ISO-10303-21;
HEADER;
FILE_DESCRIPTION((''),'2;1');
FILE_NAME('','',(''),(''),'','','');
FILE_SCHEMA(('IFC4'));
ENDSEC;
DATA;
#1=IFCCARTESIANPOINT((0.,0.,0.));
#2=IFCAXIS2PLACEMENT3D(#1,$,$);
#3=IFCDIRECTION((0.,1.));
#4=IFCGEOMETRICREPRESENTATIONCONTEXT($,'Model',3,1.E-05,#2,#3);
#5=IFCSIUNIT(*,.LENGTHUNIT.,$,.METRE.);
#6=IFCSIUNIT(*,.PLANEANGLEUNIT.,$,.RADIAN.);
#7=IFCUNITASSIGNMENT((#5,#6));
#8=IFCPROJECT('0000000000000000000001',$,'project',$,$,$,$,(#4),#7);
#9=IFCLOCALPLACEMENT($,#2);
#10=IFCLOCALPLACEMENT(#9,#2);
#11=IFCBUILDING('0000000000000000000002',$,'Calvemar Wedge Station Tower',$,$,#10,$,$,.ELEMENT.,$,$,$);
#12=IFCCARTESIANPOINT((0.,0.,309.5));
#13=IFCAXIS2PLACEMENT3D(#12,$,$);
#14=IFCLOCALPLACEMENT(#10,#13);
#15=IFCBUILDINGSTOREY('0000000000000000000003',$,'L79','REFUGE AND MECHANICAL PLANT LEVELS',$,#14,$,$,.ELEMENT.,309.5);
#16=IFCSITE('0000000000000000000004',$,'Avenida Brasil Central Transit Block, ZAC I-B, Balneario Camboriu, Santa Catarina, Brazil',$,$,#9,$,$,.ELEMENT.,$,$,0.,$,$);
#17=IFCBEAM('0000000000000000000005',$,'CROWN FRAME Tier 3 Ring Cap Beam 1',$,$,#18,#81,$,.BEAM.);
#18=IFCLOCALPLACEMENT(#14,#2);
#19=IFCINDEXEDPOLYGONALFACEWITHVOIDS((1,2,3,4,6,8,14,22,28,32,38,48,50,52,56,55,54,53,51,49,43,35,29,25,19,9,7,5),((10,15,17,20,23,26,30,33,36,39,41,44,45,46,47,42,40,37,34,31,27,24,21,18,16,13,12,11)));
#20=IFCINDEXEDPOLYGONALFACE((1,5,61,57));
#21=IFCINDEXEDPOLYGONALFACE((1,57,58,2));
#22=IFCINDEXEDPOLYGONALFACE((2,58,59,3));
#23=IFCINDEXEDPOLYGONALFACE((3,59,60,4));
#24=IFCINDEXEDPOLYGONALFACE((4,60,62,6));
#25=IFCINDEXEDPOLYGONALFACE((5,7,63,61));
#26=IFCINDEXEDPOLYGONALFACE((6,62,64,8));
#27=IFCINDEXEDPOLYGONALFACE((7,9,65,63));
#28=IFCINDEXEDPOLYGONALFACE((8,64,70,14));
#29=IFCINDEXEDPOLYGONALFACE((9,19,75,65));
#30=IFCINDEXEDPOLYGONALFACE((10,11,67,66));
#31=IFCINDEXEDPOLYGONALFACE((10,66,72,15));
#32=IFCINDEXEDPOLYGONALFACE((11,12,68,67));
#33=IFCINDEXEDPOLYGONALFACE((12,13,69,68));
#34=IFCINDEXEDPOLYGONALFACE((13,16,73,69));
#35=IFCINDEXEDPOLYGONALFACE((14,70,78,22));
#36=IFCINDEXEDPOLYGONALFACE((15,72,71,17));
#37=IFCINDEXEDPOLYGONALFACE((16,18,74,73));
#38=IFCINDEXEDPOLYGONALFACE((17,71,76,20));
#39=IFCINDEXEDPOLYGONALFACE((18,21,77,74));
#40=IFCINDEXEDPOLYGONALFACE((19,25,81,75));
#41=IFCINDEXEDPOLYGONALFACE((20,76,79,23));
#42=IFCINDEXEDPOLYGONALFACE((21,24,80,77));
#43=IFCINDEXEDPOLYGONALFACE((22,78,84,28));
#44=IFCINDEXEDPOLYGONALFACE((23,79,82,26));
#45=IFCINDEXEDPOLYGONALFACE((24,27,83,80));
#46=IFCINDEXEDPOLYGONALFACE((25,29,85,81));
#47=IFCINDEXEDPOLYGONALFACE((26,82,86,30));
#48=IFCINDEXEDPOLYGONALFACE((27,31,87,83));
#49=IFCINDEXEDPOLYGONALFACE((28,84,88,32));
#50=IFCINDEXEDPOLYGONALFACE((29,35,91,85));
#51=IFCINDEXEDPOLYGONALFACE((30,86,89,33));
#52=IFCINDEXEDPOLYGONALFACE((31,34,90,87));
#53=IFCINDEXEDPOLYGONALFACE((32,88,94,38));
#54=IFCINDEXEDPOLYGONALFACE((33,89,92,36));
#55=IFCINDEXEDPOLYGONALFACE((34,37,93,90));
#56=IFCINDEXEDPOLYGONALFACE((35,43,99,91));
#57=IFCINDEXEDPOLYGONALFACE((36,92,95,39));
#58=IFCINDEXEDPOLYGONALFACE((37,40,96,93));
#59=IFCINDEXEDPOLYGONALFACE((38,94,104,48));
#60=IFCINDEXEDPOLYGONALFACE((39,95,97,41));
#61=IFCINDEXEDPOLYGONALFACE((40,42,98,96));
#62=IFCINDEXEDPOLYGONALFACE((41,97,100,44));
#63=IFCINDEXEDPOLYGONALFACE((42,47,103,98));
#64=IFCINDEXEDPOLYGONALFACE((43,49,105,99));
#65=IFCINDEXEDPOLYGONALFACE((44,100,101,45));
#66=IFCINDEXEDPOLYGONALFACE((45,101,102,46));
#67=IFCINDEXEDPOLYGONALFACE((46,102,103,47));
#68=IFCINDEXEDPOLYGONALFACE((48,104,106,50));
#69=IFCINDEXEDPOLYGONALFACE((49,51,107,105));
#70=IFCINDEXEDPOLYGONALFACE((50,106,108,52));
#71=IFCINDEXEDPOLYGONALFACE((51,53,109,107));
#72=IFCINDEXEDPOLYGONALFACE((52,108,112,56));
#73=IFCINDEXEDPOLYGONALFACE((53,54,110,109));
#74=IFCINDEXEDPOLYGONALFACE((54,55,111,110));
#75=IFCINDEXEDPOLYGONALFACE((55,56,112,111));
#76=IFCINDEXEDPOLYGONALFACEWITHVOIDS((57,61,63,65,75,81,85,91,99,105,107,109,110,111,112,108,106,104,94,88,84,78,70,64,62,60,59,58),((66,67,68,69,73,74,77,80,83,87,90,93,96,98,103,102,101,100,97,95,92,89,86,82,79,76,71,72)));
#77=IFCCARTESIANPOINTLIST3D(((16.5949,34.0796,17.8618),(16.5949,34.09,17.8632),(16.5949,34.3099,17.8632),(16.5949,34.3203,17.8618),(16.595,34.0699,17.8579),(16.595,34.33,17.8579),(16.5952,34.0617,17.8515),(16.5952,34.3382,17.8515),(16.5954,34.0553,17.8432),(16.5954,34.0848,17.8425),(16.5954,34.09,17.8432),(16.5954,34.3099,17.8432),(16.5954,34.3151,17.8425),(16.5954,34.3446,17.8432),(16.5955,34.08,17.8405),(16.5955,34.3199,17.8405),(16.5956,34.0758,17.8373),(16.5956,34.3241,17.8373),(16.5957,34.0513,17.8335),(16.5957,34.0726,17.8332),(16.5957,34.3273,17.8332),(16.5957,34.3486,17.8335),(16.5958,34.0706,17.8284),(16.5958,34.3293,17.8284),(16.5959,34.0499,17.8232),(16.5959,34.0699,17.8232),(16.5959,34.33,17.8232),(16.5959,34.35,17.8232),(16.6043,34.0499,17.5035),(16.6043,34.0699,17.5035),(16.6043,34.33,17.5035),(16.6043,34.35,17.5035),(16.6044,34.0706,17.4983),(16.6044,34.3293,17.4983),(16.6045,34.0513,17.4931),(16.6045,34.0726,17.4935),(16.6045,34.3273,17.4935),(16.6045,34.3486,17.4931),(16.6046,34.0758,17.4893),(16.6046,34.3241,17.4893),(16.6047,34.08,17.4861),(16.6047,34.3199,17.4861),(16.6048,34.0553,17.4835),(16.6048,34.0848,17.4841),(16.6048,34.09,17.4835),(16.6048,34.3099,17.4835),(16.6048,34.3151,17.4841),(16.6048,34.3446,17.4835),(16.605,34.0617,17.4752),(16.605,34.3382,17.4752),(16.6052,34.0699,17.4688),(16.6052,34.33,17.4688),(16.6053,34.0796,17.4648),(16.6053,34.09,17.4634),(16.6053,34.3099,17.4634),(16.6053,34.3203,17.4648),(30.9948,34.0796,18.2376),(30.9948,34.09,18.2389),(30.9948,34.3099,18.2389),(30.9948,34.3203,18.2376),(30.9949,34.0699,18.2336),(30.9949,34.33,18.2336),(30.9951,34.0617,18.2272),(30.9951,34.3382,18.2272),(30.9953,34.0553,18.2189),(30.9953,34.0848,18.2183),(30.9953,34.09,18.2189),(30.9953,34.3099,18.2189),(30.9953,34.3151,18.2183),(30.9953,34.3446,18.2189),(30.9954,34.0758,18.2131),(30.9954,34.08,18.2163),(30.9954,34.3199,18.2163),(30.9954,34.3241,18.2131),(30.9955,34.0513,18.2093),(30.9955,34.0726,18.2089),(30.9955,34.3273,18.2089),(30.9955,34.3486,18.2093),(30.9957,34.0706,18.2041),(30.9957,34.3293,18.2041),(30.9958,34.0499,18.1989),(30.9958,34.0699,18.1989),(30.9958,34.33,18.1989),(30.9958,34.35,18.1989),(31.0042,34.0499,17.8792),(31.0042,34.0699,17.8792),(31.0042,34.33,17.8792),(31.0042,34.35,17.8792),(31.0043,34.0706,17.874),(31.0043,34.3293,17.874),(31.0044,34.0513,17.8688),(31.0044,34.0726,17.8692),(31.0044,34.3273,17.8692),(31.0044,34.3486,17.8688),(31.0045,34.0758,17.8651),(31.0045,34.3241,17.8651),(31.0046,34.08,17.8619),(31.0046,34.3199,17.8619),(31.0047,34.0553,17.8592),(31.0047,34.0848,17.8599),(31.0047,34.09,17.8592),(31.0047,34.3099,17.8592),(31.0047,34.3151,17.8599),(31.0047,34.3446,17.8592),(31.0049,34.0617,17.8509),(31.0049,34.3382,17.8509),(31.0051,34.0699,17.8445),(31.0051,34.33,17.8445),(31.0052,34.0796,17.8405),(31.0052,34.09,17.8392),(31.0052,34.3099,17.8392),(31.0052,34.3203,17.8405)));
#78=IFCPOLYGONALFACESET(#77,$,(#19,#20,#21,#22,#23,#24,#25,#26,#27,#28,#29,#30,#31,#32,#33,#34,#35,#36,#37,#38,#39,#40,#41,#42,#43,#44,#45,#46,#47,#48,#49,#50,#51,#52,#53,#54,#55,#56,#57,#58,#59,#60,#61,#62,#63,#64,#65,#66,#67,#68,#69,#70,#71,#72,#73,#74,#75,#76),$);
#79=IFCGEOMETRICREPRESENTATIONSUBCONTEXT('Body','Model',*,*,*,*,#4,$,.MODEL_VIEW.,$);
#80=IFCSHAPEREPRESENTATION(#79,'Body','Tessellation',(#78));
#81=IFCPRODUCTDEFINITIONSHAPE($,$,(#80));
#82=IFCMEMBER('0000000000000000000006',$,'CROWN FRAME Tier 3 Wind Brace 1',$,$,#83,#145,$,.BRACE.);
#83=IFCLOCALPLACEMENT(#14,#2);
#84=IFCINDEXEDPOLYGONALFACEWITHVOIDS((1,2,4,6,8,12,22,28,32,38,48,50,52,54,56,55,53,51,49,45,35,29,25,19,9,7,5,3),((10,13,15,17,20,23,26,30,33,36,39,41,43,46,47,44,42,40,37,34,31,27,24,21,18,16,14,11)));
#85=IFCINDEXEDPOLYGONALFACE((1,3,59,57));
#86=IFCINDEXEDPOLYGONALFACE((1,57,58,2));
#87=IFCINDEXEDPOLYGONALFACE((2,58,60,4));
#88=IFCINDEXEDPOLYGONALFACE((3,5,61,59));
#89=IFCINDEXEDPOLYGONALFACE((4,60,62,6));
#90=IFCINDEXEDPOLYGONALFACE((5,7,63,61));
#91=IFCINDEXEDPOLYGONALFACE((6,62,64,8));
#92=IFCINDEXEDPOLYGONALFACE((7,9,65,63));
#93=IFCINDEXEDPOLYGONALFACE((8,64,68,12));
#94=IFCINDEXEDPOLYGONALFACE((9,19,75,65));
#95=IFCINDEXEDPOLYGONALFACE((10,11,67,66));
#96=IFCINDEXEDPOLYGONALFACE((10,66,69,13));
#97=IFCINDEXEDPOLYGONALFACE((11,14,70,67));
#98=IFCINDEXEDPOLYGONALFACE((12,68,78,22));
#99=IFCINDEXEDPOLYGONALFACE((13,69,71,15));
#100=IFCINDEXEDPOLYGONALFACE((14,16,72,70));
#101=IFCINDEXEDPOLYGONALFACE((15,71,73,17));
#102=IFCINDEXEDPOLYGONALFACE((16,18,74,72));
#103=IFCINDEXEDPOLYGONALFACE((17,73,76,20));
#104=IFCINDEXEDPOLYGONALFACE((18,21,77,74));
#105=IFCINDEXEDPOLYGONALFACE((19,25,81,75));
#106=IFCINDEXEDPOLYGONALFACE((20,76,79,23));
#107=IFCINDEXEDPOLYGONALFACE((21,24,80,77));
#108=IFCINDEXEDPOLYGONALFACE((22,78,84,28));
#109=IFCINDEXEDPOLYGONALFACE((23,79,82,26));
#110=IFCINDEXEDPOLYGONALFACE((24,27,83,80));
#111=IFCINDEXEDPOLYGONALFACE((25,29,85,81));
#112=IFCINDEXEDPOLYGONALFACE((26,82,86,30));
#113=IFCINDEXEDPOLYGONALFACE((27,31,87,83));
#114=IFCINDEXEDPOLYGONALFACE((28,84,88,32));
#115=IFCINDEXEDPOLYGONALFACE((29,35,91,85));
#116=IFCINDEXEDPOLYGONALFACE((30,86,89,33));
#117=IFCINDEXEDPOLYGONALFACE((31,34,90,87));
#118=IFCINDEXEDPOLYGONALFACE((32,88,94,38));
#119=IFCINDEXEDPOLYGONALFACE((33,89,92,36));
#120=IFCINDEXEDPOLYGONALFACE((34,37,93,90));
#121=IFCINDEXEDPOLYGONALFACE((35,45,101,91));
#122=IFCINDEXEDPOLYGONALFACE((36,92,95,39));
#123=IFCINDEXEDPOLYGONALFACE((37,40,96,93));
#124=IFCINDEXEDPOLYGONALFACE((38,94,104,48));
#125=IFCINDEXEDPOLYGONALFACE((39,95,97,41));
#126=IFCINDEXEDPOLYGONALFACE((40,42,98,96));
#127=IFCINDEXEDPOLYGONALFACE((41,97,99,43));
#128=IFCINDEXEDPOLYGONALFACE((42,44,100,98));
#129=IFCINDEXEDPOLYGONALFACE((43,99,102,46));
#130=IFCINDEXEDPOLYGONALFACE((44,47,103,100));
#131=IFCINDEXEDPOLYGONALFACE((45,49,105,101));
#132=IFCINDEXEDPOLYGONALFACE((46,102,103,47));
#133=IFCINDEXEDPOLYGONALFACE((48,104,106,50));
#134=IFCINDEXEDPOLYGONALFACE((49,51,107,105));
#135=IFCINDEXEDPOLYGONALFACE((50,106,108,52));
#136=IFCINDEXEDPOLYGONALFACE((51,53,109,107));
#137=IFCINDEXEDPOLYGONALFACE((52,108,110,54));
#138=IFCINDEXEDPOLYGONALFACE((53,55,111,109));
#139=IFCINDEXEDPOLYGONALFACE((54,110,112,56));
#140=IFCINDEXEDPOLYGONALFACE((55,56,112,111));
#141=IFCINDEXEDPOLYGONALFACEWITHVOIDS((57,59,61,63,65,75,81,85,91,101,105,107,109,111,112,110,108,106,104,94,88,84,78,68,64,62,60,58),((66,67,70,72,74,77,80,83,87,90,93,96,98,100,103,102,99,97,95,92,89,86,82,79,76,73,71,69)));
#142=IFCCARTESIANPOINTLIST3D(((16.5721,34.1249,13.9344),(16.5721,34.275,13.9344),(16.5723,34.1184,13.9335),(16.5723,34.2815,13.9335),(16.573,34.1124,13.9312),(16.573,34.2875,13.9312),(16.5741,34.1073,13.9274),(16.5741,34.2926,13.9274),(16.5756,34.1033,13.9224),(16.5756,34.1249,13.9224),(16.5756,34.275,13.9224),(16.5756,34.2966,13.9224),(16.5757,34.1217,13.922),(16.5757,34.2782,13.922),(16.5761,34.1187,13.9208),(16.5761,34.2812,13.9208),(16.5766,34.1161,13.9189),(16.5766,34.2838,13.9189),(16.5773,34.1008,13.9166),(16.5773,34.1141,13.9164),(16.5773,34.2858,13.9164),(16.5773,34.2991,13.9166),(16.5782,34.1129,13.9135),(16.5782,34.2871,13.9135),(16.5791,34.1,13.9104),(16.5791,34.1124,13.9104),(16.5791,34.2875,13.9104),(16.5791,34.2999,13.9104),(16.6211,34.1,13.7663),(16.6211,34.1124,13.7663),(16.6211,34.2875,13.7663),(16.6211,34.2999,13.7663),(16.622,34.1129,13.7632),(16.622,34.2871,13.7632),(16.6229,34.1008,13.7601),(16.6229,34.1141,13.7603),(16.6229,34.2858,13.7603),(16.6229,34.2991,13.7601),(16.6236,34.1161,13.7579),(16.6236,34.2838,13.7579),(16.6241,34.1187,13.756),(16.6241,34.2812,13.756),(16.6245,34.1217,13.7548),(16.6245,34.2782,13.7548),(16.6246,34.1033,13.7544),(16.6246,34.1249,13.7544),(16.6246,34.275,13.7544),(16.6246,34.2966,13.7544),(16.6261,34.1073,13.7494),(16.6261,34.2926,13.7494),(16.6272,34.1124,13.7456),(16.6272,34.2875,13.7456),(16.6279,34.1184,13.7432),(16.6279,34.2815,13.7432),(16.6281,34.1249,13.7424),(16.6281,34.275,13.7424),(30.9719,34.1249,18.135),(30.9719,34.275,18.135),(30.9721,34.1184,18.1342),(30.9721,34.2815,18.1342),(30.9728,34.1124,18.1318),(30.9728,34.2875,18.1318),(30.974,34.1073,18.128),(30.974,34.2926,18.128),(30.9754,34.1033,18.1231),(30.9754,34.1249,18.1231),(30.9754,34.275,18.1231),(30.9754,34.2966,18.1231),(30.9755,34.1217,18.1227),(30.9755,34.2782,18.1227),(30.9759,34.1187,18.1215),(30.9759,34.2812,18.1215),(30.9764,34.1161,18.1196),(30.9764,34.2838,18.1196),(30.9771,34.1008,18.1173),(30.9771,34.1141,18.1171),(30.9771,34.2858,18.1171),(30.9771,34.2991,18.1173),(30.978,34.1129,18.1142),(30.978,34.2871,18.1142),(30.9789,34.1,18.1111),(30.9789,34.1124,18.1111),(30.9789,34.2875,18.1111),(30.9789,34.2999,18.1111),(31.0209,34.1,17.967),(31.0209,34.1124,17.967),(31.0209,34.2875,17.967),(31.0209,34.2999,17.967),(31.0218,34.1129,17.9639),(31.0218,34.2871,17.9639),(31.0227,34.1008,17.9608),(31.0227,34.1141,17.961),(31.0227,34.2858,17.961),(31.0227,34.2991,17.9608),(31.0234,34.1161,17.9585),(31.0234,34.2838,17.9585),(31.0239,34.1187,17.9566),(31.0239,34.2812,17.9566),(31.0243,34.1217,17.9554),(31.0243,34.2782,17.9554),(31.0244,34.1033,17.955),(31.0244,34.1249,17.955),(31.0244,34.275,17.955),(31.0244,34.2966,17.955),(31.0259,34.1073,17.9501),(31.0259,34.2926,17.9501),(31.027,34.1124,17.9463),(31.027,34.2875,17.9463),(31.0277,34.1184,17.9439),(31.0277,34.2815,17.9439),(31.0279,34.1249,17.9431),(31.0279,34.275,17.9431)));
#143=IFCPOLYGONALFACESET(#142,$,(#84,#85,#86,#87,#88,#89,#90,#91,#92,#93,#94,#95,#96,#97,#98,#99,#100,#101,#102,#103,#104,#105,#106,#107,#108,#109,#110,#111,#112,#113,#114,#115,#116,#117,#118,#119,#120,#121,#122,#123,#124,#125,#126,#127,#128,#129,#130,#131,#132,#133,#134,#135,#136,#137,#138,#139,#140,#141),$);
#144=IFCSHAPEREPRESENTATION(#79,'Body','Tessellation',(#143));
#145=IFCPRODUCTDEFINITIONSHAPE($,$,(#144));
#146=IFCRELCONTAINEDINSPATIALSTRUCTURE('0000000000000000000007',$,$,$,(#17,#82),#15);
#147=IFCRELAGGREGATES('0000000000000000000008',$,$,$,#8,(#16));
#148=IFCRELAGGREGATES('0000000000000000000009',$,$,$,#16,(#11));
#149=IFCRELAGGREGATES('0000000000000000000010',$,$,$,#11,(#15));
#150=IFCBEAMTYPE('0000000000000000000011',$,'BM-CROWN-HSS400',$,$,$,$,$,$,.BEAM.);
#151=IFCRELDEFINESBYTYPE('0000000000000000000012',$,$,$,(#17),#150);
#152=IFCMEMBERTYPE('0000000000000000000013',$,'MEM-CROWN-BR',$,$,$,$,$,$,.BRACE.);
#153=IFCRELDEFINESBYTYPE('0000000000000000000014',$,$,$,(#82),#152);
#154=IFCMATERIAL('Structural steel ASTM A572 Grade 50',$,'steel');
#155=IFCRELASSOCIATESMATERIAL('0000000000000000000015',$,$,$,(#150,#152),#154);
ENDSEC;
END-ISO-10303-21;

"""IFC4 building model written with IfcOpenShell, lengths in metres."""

from ifc_helpers import new_model, si_unit, direction, frame, origin, origin_2d, place, context, subcontext, project, spatial, hollow_rectangle, extrude, source, transform, mapped, material, material_profile, profile_set, type_object, element, save


model = new_model("IFC4")

# Units and contexts
model_context = context("Model", 3, precision=1e-05, world=origin(), true_north=direction((0.0, 1.0)))
body_context = subcontext(model_context, "Body", "Model", "MODEL_VIEW")
ifc_project = project(units=[si_unit("LENGTHUNIT", "METRE"), si_unit("PLANEANGLEUNIT", "RADIAN")], contexts=[model_context])

# Site, building, storey
site_placement = place(None, origin())
site = spatial("IfcSite", under=ifc_project, at=site_placement, Name="Avenida Brasil Central Transit Block, ZAC I-B, Balneario Camboriu, Santa Catarina, Brazil", CompositionType="ELEMENT", RefElevation=0.0)
building_placement = place(site_placement, origin())
building = spatial("IfcBuilding", under=site, at=building_placement, Name="Calvemar Wedge Station Tower", CompositionType="ELEMENT")
storey_placement = place(building_placement, frame((0.0, 0.0, 309.5)))
storey = spatial("IfcBuildingStorey", under=building, at=storey_placement, Name="L79", Description="REFUGE AND MECHANICAL PLANT LEVELS", CompositionType="ELEMENT", Elevation=309.5)

# Shared definitions
ifc_material_1 = material(Name="Structural steel ASTM A572 Grade 50", Category="steel")

# Beam
ifc_material_profile_1 = material_profile(ifc_material_1, hollow_rectangle(XDim=0.3, YDim=0.3999, WallThickness=0.02, InnerFilletRadius=0.02, OuterFilletRadius=0.04, at=origin_2d()), Name="HSS400x300x20")
ifc_profile_set_1 = profile_set([ifc_material_profile_1], Name="Structural steel ASTM A572 Grade 50")
beam_type_1 = type_object("IfcBeamType", Name="BM-CROWN-HSS400", PredefinedType="BEAM", material=ifc_profile_set_1)
shared_shape_1 = source(origin(), body_context, "Body", "SweptSolid", [
    extrude(hollow_rectangle(XDim=0.3, YDim=0.3999, WallThickness=0.02, InnerFilletRadius=0.02, OuterFilletRadius=0.04, at=origin_2d()), origin(), (0.0, 0.0, 1.0), 14.4048),
])
beam_1_placement = place(storey_placement, frame((16.6001, 34.2, 17.6633), z_axis=(0.99966, 0.0, 0.026084), x_axis=(0.0, 1.0, 0.0)))
element("IfcBeam", 1, at=beam_1_placement, inside=storey, type_object=beam_type_1, Name="CROWN FRAME Tier 3 Ring Cap Beam 1", PredefinedType="BEAM", context=body_context, shape_type="MappedRepresentation", body=[
    mapped(shared_shape_1, transform((0.0, 0.0, 0.0), scale=1.0)),
])

# Member
ifc_material_profile_2 = material_profile(ifc_material_1, hollow_rectangle(XDim=0.2, YDim=0.2, WallThickness=0.0125, InnerFilletRadius=0.0125, OuterFilletRadius=0.0249, at=origin_2d()), Name="HSS200x200x12.5")
ifc_profile_set_2 = profile_set([ifc_material_profile_2], Name="Structural steel ASTM A572 Grade 50")
member_type_1 = type_object("IfcMemberType", Name="MEM-CROWN-BR", PredefinedType="BRACE", material=ifc_profile_set_2)
shared_shape_2 = source(origin(), body_context, "Body", "SweptSolid", [
    extrude(hollow_rectangle(XDim=0.2, YDim=0.2, WallThickness=0.0125, InnerFilletRadius=0.0125, OuterFilletRadius=0.0249, at=origin_2d()), origin(), (0.0, 0.0, 1.0), 15.0),
])
member_1_placement = place(storey_placement, frame((16.6001, 34.2, 13.8384), z_axis=(0.959987, 0.0, 0.280044), x_axis=(0.0, 1.0, 0.0)))
element("IfcMember", 2, at=member_1_placement, inside=storey, type_object=member_type_1, Name="CROWN FRAME Tier 3 Wind Brace 1", PredefinedType="BRACE", context=body_context, shape_type="MappedRepresentation", body=[
    mapped(shared_shape_2, transform((0.0, 0.0, 0.0), scale=1.0)),
])

save(model, "model.ifc")
